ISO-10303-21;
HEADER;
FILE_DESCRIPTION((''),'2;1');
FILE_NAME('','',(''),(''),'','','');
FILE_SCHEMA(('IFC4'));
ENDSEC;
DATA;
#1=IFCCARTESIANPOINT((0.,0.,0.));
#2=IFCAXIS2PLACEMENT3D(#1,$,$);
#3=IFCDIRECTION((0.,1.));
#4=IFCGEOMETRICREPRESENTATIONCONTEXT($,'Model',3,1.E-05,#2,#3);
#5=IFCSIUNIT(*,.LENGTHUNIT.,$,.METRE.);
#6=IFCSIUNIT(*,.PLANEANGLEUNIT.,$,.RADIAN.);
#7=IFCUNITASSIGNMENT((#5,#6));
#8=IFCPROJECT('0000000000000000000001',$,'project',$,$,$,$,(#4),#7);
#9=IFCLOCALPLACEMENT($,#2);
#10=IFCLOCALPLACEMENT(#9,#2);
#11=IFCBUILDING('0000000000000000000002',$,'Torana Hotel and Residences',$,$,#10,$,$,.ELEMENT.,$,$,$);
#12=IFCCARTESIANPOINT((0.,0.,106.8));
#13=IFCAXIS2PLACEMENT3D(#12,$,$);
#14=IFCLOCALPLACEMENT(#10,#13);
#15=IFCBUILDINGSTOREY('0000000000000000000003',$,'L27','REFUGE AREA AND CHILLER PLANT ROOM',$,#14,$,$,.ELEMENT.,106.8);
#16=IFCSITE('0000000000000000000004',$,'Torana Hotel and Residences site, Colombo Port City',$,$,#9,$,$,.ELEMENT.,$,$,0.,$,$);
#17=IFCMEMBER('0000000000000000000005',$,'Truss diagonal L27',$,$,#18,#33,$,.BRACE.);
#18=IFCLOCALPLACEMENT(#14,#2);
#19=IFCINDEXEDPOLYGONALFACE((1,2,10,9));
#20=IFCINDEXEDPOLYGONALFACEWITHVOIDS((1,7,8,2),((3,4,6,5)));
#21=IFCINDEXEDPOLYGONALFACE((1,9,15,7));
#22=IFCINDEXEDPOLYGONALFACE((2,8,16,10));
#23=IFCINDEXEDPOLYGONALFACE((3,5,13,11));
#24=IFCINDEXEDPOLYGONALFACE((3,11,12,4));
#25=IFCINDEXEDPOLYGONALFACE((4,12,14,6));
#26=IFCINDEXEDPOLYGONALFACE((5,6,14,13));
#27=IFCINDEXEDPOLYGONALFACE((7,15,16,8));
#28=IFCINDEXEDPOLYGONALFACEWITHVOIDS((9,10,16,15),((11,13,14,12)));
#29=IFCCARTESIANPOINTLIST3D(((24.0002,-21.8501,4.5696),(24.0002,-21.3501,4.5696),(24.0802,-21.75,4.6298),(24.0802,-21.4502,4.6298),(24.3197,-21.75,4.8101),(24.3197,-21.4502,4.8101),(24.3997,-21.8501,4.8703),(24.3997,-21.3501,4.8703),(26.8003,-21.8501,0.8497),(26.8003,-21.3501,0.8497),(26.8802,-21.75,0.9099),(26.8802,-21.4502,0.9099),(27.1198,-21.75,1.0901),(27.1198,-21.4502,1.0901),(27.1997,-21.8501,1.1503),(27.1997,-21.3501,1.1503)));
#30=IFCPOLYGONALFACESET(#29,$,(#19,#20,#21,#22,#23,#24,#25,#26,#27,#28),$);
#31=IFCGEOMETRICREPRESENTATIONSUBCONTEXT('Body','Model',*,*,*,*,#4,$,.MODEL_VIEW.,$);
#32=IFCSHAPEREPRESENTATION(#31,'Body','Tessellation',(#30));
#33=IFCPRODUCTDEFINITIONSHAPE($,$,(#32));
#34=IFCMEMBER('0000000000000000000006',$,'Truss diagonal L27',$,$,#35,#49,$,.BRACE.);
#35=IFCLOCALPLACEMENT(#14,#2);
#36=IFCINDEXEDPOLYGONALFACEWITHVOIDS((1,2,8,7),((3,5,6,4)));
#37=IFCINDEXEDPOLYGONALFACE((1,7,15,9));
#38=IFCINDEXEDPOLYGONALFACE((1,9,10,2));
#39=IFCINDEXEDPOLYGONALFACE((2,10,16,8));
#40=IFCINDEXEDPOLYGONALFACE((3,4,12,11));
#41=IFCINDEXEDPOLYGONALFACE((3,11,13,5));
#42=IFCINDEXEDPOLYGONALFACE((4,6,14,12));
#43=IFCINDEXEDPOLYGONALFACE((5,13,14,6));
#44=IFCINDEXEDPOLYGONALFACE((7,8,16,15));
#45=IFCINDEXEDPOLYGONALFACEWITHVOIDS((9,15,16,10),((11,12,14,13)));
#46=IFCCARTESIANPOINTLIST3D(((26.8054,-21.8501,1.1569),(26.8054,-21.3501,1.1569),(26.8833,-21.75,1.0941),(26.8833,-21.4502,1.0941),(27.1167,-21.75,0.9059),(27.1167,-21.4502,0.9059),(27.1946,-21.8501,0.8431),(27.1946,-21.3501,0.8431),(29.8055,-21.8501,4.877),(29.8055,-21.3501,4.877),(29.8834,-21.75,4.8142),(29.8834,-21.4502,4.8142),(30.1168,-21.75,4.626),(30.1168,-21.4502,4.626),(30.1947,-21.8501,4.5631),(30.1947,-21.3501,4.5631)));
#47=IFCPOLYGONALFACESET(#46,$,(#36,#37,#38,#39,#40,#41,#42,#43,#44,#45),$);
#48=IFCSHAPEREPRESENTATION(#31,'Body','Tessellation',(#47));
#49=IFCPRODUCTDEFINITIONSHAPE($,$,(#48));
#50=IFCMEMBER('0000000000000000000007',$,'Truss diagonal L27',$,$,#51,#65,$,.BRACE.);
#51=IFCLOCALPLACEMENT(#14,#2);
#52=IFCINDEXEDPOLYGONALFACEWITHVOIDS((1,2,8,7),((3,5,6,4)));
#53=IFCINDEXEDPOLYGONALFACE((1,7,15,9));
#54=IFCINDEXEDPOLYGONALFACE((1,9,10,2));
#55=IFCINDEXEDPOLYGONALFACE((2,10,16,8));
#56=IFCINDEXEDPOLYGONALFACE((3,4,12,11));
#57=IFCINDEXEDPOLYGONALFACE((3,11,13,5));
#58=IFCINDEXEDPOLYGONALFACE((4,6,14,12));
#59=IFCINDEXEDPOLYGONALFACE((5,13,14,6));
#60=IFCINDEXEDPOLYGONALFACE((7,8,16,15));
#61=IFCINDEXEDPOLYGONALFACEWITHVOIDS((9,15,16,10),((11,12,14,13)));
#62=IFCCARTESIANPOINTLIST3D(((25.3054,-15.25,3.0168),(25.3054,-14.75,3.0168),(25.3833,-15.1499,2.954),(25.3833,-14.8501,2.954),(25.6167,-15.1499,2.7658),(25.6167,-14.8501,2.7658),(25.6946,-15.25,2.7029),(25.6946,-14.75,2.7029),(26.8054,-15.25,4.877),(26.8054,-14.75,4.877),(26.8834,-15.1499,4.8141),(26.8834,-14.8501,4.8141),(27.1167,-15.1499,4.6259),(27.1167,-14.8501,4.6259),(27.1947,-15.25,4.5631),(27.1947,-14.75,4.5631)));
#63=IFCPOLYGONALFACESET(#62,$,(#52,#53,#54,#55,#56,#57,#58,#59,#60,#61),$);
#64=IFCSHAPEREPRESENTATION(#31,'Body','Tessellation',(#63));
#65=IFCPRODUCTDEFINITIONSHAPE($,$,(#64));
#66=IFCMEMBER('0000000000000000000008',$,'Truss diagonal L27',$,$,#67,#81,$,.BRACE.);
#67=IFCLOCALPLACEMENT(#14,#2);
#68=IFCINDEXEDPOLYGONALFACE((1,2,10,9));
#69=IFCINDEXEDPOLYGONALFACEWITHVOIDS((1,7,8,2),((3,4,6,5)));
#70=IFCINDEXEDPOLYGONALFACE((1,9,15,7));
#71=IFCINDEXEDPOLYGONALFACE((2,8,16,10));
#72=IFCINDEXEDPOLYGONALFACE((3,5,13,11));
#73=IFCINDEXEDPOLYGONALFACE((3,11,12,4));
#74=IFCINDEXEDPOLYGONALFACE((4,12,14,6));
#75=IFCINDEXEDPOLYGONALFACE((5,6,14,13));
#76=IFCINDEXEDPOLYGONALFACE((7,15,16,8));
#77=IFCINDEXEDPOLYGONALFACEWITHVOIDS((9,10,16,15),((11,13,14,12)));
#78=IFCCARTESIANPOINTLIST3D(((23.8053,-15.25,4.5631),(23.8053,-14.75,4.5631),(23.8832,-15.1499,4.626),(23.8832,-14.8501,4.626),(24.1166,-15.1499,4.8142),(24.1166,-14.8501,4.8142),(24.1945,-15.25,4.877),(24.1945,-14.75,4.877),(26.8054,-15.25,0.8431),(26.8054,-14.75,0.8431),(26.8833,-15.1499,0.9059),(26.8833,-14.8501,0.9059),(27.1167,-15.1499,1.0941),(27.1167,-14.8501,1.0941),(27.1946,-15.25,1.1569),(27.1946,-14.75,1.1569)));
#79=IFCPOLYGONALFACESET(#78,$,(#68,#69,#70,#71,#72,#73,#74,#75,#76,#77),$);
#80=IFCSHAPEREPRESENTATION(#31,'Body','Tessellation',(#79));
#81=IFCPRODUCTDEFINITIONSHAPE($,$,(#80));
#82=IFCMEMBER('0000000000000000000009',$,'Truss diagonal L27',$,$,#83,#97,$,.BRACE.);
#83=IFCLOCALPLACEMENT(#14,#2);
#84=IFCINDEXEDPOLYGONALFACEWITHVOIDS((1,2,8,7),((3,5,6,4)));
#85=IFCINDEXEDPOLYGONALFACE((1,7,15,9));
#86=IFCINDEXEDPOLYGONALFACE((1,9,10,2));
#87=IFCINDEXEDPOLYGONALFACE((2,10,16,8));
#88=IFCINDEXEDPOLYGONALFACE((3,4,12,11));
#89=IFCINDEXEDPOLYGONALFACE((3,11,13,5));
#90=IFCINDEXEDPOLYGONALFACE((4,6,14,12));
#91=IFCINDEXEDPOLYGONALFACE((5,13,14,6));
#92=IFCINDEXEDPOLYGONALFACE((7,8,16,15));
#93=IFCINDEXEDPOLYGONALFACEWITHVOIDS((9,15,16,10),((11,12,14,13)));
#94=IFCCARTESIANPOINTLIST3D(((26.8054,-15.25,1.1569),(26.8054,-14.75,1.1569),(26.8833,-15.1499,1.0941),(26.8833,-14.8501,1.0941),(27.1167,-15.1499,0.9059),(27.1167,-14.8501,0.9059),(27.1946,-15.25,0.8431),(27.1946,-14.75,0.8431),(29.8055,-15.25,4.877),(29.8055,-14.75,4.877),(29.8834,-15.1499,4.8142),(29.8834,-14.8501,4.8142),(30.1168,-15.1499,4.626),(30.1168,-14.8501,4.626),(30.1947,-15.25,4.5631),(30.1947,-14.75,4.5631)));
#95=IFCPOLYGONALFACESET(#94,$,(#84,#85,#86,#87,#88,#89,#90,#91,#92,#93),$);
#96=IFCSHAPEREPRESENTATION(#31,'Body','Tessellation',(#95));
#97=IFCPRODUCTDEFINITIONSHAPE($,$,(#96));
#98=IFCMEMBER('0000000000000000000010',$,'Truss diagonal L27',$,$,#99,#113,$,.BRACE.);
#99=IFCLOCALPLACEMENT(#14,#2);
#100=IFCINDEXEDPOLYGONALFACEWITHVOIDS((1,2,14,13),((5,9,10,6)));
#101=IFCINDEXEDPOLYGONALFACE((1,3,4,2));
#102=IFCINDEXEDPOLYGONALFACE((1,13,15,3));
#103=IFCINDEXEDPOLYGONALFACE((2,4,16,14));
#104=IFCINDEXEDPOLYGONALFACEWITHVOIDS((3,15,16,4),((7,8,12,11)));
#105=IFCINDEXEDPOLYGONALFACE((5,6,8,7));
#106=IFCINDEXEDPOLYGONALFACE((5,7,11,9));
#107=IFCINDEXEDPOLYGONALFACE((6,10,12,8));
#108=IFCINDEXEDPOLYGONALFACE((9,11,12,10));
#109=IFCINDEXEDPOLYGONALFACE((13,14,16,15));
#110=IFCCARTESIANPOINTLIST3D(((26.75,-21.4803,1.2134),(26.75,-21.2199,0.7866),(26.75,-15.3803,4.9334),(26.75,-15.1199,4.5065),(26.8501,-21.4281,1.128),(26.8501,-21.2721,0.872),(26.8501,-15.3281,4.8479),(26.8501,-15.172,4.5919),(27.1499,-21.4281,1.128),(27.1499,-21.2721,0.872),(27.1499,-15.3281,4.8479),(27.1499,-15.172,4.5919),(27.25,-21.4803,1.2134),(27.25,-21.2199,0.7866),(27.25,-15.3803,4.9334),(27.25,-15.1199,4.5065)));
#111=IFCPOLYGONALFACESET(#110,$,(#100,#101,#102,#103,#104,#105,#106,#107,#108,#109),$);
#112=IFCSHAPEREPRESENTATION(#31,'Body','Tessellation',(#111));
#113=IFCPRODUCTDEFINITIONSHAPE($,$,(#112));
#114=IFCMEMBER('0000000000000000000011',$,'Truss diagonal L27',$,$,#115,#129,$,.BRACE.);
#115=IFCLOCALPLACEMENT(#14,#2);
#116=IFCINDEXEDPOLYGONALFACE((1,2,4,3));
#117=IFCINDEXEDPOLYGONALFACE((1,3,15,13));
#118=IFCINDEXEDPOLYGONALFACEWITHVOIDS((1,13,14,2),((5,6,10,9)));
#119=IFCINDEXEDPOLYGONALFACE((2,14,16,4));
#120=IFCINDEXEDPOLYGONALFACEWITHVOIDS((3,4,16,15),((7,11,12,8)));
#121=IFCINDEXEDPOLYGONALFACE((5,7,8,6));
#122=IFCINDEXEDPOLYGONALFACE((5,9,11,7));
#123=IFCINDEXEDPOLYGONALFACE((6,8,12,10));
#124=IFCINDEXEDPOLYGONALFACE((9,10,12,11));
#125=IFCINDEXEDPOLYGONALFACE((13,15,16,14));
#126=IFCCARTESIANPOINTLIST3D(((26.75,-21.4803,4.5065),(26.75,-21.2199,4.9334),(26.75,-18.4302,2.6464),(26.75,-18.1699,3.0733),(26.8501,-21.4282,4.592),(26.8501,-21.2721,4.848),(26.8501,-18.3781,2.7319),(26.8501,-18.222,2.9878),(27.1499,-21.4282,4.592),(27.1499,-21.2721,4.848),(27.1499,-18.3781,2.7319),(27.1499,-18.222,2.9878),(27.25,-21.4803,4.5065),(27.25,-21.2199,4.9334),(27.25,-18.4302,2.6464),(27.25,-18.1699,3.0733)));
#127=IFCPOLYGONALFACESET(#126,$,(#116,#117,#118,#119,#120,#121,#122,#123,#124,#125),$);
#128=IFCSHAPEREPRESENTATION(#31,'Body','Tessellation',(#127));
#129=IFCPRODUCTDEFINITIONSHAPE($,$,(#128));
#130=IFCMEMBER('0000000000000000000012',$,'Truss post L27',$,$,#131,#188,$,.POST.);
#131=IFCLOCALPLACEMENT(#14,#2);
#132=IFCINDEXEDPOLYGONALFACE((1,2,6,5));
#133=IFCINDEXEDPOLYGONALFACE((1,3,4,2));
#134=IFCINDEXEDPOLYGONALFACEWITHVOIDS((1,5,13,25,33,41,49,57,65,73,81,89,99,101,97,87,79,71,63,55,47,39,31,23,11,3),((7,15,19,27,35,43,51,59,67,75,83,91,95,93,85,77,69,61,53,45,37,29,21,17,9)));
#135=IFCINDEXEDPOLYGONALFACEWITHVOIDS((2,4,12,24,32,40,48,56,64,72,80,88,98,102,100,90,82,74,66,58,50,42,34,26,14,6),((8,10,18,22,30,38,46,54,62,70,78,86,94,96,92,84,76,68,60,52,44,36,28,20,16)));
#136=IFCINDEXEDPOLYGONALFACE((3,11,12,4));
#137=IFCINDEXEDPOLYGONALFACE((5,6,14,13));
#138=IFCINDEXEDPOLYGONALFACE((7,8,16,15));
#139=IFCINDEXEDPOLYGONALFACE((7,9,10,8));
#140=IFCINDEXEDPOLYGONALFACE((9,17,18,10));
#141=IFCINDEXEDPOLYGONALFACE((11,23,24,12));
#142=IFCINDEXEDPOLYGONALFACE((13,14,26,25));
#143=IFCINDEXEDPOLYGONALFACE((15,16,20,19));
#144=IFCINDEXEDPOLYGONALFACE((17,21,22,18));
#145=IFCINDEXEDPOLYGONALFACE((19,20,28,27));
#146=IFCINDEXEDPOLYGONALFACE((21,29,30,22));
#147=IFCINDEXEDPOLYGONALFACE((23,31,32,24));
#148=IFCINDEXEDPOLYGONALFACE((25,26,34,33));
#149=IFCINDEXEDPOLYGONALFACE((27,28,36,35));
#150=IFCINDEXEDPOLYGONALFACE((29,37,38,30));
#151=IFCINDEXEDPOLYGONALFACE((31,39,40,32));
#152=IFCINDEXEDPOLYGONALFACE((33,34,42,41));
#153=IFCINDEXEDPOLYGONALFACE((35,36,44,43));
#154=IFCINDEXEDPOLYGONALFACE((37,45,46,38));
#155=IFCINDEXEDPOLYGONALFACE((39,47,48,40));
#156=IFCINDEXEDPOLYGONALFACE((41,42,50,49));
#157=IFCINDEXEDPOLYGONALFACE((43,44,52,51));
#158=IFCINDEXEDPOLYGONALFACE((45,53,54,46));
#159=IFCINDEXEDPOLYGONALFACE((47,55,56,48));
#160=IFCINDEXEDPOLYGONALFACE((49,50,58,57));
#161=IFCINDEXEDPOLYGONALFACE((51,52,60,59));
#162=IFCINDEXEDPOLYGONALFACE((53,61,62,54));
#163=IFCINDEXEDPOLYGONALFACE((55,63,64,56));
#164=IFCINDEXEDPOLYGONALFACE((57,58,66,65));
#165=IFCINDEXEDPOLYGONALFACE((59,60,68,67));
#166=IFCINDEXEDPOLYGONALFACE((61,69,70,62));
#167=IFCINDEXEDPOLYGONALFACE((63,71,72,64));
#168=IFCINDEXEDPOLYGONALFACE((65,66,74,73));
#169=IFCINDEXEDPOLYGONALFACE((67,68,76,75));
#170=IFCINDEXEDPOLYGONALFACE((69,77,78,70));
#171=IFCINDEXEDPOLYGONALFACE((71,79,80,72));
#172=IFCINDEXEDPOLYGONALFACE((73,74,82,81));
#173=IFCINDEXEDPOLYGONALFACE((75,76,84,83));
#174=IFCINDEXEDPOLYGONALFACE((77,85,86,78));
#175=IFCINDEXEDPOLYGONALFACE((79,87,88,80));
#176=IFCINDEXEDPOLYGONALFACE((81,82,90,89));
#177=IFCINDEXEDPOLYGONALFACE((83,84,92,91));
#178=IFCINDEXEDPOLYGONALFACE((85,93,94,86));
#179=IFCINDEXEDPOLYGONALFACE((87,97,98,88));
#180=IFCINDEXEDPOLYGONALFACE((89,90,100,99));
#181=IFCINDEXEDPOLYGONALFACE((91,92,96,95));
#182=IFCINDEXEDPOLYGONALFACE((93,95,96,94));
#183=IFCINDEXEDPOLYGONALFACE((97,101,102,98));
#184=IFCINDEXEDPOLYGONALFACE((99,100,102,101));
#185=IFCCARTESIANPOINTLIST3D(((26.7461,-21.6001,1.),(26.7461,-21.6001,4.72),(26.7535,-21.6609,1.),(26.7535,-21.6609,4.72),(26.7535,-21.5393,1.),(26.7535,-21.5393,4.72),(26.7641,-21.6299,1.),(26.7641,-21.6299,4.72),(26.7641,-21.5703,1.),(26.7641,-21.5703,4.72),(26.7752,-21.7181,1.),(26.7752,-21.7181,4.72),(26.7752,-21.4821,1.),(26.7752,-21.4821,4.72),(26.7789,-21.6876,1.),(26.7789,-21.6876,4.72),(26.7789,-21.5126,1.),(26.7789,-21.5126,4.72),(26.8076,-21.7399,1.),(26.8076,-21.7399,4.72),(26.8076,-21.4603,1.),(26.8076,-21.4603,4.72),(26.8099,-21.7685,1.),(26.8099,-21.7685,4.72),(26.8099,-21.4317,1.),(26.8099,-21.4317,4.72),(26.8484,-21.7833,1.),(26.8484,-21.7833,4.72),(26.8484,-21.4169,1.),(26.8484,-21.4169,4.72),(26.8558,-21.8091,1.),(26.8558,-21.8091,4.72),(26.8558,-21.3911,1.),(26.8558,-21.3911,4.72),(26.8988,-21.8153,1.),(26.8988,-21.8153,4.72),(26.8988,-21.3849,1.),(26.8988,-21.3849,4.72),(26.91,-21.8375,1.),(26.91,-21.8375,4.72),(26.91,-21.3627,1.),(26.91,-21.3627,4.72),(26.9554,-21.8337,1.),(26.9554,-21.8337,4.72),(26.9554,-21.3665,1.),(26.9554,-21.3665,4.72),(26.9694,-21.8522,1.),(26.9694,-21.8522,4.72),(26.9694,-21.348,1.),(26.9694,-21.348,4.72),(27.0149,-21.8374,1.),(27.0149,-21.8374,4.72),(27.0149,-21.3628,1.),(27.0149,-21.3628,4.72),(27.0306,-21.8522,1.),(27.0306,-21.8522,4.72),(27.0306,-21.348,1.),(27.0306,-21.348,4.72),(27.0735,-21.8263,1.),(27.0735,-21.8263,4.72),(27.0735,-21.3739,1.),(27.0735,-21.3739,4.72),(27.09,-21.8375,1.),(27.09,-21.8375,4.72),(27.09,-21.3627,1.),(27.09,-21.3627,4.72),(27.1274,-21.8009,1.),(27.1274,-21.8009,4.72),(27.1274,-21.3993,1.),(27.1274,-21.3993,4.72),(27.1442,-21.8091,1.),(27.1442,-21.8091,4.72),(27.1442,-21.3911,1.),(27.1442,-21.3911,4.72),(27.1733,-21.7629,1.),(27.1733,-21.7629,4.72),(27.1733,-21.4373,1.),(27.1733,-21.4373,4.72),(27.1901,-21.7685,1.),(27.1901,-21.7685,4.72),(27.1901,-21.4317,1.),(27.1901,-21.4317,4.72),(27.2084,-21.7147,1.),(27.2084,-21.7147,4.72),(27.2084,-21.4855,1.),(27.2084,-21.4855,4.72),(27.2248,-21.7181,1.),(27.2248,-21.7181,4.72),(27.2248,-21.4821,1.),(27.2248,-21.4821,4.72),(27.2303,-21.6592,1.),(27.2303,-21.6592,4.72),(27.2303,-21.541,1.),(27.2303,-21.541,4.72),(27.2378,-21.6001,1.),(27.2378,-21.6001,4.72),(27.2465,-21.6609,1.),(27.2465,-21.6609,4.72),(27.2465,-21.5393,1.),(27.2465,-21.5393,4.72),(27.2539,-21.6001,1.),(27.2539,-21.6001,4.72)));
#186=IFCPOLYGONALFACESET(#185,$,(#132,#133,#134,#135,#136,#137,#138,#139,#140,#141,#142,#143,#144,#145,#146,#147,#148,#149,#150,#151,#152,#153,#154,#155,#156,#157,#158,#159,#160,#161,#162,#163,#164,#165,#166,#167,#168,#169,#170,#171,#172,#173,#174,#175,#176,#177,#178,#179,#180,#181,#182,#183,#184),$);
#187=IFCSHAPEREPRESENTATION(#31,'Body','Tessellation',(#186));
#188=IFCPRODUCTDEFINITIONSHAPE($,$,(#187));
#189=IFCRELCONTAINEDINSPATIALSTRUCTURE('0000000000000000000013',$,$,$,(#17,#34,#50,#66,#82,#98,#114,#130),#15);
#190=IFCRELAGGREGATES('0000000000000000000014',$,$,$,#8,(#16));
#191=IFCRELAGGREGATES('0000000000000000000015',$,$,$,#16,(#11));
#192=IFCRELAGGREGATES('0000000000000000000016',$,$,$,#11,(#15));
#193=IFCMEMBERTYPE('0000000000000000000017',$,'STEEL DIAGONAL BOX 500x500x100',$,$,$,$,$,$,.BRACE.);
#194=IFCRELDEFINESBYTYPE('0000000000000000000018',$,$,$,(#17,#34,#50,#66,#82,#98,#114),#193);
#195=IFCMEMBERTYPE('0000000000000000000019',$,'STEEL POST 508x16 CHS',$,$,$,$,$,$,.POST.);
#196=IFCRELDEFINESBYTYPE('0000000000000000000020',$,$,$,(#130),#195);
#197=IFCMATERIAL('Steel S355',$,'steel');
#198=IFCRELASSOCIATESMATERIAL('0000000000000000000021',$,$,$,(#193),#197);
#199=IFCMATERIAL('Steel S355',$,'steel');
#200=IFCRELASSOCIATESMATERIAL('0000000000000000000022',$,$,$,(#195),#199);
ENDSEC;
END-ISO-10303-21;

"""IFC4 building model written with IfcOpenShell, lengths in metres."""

from ifc_helpers import new_model, si_unit, direction, frame, origin, origin_2d, place, context, subcontext, project, spatial, hollow_rectangle, hollow_circle, extrude, material, material_profile, profile_set, type_object, element, save


model = new_model("IFC4")

# Units and contexts
model_context = context("Model", 3, precision=1e-05, world=origin(), true_north=direction((0.0, 1.0)))
body_context = subcontext(model_context, "Body", "Model", "MODEL_VIEW")
ifc_project = project(units=[si_unit("LENGTHUNIT", "METRE"), si_unit("PLANEANGLEUNIT", "RADIAN")], contexts=[model_context])

# Site, building, storey
site_placement = place(None, origin())
site = spatial("IfcSite", under=ifc_project, at=site_placement, Name="Torana Hotel and Residences site, Colombo Port City", CompositionType="ELEMENT", RefElevation=0.0)
building_placement = place(site_placement, origin())
building = spatial("IfcBuilding", under=site, at=building_placement, Name="Torana Hotel and Residences", CompositionType="ELEMENT")
storey_placement = place(building_placement, frame((0.0, 0.0, 106.8)))
storey = spatial("IfcBuildingStorey", under=building, at=storey_placement, Name="L27", Description="REFUGE AREA AND CHILLER PLANT ROOM", CompositionType="ELEMENT", Elevation=106.8)

# Members
ifc_material_1 = material(Name="Steel S355", Category="steel")
ifc_material_profile_1 = material_profile(ifc_material_1, hollow_rectangle(XDim=0.5, YDim=0.5, WallThickness=0.1001, at=origin_2d()), Name="BOX 500x500x100")
ifc_profile_set_1 = profile_set([ifc_material_profile_1], Name="Steel S355")
member_type_1 = type_object("IfcMemberType", Name="STEEL DIAGONAL BOX 500x500x100", PredefinedType="BRACE", material=ifc_profile_set_1)
member_1_placement = place(storey_placement, frame((27.0, -21.6001, 1.0), z_axis=(-0.601383, 0.0, 0.798961), x_axis=(0.0, -1.0, 0.0)))
element("IfcMember", 1, at=member_1_placement, inside=storey, type_object=member_type_1, Name="Truss diagonal L27", PredefinedType="BRACE", context=body_context, shape_type="SweptSolid", body=[
    extrude(hollow_rectangle(XDim=0.5, YDim=0.5, WallThickness=0.1001, at=origin_2d()), origin(), (0.0, 0.0, 1.0), 4.656),
])
member_2_placement = place(storey_placement, frame((27.0, -21.6001, 1.0), z_axis=(0.627755, 0.0, 0.778411), x_axis=(0.0, 1.0, 0.0)))
element("IfcMember", 2, at=member_2_placement, inside=storey, type_object=member_type_1, Name="Truss diagonal L27", PredefinedType="BRACE", context=body_context, shape_type="SweptSolid", body=[
    extrude(hollow_rectangle(XDim=0.5, YDim=0.5, WallThickness=0.1001, at=origin_2d()), origin(), (0.0, 0.0, 1.0), 4.7791),
])
member_3_placement = place(storey_placement, frame((25.5, -15.0, 2.8599), z_axis=(0.62773, 0.0, 0.778431), x_axis=(0.0, 1.0, 0.0)))
element("IfcMember", 3, at=member_3_placement, inside=storey, type_object=member_type_1, Name="Truss diagonal L27", PredefinedType="BRACE", context=body_context, shape_type="SweptSolid", body=[
    extrude(hollow_rectangle(XDim=0.5, YDim=0.5, WallThickness=0.1001, at=origin_2d()), origin(), (0.0, 0.0, 1.0), 2.3896),
])
for number, where, z_axis, x_axis, name in (
    (4, (27.0, -15.0, 1.0), (-0.627755, 0.0, 0.778411), (0.0, -1.0, 0.0), "Truss diagonal L27"),
    (5, (27.0, -15.0, 1.0), (0.627755, 0.0, 0.778411), (0.0, 1.0, 0.0), "Truss diagonal L27"),
):
    element("IfcMember", number, at=place(storey_placement, frame(where, z_axis=z_axis, x_axis=x_axis)), inside=storey, type_object=member_type_1, Name=name, PredefinedType="BRACE", context=body_context, shape_type="SweptSolid", body=[
        extrude(hollow_rectangle(XDim=0.5, YDim=0.5, WallThickness=0.1001, at=origin_2d()), origin(), (0.0, 0.0, 1.0), 4.7791),
    ])
member_4_placement = place(storey_placement, frame((27.0, -21.3501, 1.0), z_axis=(0.0, 0.853771, 0.520648), x_axis=(-1.0, 0.0, 0.0)))
element("IfcMember", 6, at=member_4_placement, inside=storey, type_object=member_type_1, Name="Truss diagonal L27", PredefinedType="BRACE", context=body_context, shape_type="SweptSolid", body=[
    extrude(hollow_rectangle(XDim=0.5, YDim=0.5, WallThickness=0.1001, at=origin_2d()), origin(), (0.0, 0.0, 1.0), 7.1448),
])
member_5_placement = place(storey_placement, frame((27.0, -18.3, 2.8599), z_axis=(0.0, -0.853756, 0.520673), x_axis=(1.0, 0.0, 0.0)))
element("IfcMember", 7, at=member_5_placement, inside=storey, type_object=member_type_1, Name="Truss diagonal L27", PredefinedType="BRACE", context=body_context, shape_type="SweptSolid", body=[
    extrude(hollow_rectangle(XDim=0.5, YDim=0.5, WallThickness=0.1001, at=origin_2d()), origin(), (0.0, 0.0, 1.0), 3.5725),
])
ifc_material_2 = material(Name="Steel S355", Category="steel")
ifc_material_profile_2 = material_profile(ifc_material_2, hollow_circle(Radius=0.2539, WallThickness=0.0161, at=origin_2d()), Name="508x16 CHS")
ifc_profile_set_2 = profile_set([ifc_material_profile_2], Name="Steel S355")
member_type_2 = type_object("IfcMemberType", Name="STEEL POST 508x16 CHS", PredefinedType="POST", material=ifc_profile_set_2)
for number, where, z_axis, x_axis, name in (
    (8, (27.0, -21.6001, 1.0), (0.0, 0.0, 1.0), (1.0, 0.0, 0.0), "Truss post L27"),
):
    element("IfcMember", number, at=place(storey_placement, frame(where, z_axis=z_axis, x_axis=x_axis)), inside=storey, type_object=member_type_2, Name=name, PredefinedType="POST", context=body_context, shape_type="SweptSolid", body=[
        extrude(hollow_circle(Radius=0.2539, WallThickness=0.0161, at=origin_2d()), origin(), (0.0, 0.0, 1.0), 3.72),
    ])

save(model, "model.ifc")
